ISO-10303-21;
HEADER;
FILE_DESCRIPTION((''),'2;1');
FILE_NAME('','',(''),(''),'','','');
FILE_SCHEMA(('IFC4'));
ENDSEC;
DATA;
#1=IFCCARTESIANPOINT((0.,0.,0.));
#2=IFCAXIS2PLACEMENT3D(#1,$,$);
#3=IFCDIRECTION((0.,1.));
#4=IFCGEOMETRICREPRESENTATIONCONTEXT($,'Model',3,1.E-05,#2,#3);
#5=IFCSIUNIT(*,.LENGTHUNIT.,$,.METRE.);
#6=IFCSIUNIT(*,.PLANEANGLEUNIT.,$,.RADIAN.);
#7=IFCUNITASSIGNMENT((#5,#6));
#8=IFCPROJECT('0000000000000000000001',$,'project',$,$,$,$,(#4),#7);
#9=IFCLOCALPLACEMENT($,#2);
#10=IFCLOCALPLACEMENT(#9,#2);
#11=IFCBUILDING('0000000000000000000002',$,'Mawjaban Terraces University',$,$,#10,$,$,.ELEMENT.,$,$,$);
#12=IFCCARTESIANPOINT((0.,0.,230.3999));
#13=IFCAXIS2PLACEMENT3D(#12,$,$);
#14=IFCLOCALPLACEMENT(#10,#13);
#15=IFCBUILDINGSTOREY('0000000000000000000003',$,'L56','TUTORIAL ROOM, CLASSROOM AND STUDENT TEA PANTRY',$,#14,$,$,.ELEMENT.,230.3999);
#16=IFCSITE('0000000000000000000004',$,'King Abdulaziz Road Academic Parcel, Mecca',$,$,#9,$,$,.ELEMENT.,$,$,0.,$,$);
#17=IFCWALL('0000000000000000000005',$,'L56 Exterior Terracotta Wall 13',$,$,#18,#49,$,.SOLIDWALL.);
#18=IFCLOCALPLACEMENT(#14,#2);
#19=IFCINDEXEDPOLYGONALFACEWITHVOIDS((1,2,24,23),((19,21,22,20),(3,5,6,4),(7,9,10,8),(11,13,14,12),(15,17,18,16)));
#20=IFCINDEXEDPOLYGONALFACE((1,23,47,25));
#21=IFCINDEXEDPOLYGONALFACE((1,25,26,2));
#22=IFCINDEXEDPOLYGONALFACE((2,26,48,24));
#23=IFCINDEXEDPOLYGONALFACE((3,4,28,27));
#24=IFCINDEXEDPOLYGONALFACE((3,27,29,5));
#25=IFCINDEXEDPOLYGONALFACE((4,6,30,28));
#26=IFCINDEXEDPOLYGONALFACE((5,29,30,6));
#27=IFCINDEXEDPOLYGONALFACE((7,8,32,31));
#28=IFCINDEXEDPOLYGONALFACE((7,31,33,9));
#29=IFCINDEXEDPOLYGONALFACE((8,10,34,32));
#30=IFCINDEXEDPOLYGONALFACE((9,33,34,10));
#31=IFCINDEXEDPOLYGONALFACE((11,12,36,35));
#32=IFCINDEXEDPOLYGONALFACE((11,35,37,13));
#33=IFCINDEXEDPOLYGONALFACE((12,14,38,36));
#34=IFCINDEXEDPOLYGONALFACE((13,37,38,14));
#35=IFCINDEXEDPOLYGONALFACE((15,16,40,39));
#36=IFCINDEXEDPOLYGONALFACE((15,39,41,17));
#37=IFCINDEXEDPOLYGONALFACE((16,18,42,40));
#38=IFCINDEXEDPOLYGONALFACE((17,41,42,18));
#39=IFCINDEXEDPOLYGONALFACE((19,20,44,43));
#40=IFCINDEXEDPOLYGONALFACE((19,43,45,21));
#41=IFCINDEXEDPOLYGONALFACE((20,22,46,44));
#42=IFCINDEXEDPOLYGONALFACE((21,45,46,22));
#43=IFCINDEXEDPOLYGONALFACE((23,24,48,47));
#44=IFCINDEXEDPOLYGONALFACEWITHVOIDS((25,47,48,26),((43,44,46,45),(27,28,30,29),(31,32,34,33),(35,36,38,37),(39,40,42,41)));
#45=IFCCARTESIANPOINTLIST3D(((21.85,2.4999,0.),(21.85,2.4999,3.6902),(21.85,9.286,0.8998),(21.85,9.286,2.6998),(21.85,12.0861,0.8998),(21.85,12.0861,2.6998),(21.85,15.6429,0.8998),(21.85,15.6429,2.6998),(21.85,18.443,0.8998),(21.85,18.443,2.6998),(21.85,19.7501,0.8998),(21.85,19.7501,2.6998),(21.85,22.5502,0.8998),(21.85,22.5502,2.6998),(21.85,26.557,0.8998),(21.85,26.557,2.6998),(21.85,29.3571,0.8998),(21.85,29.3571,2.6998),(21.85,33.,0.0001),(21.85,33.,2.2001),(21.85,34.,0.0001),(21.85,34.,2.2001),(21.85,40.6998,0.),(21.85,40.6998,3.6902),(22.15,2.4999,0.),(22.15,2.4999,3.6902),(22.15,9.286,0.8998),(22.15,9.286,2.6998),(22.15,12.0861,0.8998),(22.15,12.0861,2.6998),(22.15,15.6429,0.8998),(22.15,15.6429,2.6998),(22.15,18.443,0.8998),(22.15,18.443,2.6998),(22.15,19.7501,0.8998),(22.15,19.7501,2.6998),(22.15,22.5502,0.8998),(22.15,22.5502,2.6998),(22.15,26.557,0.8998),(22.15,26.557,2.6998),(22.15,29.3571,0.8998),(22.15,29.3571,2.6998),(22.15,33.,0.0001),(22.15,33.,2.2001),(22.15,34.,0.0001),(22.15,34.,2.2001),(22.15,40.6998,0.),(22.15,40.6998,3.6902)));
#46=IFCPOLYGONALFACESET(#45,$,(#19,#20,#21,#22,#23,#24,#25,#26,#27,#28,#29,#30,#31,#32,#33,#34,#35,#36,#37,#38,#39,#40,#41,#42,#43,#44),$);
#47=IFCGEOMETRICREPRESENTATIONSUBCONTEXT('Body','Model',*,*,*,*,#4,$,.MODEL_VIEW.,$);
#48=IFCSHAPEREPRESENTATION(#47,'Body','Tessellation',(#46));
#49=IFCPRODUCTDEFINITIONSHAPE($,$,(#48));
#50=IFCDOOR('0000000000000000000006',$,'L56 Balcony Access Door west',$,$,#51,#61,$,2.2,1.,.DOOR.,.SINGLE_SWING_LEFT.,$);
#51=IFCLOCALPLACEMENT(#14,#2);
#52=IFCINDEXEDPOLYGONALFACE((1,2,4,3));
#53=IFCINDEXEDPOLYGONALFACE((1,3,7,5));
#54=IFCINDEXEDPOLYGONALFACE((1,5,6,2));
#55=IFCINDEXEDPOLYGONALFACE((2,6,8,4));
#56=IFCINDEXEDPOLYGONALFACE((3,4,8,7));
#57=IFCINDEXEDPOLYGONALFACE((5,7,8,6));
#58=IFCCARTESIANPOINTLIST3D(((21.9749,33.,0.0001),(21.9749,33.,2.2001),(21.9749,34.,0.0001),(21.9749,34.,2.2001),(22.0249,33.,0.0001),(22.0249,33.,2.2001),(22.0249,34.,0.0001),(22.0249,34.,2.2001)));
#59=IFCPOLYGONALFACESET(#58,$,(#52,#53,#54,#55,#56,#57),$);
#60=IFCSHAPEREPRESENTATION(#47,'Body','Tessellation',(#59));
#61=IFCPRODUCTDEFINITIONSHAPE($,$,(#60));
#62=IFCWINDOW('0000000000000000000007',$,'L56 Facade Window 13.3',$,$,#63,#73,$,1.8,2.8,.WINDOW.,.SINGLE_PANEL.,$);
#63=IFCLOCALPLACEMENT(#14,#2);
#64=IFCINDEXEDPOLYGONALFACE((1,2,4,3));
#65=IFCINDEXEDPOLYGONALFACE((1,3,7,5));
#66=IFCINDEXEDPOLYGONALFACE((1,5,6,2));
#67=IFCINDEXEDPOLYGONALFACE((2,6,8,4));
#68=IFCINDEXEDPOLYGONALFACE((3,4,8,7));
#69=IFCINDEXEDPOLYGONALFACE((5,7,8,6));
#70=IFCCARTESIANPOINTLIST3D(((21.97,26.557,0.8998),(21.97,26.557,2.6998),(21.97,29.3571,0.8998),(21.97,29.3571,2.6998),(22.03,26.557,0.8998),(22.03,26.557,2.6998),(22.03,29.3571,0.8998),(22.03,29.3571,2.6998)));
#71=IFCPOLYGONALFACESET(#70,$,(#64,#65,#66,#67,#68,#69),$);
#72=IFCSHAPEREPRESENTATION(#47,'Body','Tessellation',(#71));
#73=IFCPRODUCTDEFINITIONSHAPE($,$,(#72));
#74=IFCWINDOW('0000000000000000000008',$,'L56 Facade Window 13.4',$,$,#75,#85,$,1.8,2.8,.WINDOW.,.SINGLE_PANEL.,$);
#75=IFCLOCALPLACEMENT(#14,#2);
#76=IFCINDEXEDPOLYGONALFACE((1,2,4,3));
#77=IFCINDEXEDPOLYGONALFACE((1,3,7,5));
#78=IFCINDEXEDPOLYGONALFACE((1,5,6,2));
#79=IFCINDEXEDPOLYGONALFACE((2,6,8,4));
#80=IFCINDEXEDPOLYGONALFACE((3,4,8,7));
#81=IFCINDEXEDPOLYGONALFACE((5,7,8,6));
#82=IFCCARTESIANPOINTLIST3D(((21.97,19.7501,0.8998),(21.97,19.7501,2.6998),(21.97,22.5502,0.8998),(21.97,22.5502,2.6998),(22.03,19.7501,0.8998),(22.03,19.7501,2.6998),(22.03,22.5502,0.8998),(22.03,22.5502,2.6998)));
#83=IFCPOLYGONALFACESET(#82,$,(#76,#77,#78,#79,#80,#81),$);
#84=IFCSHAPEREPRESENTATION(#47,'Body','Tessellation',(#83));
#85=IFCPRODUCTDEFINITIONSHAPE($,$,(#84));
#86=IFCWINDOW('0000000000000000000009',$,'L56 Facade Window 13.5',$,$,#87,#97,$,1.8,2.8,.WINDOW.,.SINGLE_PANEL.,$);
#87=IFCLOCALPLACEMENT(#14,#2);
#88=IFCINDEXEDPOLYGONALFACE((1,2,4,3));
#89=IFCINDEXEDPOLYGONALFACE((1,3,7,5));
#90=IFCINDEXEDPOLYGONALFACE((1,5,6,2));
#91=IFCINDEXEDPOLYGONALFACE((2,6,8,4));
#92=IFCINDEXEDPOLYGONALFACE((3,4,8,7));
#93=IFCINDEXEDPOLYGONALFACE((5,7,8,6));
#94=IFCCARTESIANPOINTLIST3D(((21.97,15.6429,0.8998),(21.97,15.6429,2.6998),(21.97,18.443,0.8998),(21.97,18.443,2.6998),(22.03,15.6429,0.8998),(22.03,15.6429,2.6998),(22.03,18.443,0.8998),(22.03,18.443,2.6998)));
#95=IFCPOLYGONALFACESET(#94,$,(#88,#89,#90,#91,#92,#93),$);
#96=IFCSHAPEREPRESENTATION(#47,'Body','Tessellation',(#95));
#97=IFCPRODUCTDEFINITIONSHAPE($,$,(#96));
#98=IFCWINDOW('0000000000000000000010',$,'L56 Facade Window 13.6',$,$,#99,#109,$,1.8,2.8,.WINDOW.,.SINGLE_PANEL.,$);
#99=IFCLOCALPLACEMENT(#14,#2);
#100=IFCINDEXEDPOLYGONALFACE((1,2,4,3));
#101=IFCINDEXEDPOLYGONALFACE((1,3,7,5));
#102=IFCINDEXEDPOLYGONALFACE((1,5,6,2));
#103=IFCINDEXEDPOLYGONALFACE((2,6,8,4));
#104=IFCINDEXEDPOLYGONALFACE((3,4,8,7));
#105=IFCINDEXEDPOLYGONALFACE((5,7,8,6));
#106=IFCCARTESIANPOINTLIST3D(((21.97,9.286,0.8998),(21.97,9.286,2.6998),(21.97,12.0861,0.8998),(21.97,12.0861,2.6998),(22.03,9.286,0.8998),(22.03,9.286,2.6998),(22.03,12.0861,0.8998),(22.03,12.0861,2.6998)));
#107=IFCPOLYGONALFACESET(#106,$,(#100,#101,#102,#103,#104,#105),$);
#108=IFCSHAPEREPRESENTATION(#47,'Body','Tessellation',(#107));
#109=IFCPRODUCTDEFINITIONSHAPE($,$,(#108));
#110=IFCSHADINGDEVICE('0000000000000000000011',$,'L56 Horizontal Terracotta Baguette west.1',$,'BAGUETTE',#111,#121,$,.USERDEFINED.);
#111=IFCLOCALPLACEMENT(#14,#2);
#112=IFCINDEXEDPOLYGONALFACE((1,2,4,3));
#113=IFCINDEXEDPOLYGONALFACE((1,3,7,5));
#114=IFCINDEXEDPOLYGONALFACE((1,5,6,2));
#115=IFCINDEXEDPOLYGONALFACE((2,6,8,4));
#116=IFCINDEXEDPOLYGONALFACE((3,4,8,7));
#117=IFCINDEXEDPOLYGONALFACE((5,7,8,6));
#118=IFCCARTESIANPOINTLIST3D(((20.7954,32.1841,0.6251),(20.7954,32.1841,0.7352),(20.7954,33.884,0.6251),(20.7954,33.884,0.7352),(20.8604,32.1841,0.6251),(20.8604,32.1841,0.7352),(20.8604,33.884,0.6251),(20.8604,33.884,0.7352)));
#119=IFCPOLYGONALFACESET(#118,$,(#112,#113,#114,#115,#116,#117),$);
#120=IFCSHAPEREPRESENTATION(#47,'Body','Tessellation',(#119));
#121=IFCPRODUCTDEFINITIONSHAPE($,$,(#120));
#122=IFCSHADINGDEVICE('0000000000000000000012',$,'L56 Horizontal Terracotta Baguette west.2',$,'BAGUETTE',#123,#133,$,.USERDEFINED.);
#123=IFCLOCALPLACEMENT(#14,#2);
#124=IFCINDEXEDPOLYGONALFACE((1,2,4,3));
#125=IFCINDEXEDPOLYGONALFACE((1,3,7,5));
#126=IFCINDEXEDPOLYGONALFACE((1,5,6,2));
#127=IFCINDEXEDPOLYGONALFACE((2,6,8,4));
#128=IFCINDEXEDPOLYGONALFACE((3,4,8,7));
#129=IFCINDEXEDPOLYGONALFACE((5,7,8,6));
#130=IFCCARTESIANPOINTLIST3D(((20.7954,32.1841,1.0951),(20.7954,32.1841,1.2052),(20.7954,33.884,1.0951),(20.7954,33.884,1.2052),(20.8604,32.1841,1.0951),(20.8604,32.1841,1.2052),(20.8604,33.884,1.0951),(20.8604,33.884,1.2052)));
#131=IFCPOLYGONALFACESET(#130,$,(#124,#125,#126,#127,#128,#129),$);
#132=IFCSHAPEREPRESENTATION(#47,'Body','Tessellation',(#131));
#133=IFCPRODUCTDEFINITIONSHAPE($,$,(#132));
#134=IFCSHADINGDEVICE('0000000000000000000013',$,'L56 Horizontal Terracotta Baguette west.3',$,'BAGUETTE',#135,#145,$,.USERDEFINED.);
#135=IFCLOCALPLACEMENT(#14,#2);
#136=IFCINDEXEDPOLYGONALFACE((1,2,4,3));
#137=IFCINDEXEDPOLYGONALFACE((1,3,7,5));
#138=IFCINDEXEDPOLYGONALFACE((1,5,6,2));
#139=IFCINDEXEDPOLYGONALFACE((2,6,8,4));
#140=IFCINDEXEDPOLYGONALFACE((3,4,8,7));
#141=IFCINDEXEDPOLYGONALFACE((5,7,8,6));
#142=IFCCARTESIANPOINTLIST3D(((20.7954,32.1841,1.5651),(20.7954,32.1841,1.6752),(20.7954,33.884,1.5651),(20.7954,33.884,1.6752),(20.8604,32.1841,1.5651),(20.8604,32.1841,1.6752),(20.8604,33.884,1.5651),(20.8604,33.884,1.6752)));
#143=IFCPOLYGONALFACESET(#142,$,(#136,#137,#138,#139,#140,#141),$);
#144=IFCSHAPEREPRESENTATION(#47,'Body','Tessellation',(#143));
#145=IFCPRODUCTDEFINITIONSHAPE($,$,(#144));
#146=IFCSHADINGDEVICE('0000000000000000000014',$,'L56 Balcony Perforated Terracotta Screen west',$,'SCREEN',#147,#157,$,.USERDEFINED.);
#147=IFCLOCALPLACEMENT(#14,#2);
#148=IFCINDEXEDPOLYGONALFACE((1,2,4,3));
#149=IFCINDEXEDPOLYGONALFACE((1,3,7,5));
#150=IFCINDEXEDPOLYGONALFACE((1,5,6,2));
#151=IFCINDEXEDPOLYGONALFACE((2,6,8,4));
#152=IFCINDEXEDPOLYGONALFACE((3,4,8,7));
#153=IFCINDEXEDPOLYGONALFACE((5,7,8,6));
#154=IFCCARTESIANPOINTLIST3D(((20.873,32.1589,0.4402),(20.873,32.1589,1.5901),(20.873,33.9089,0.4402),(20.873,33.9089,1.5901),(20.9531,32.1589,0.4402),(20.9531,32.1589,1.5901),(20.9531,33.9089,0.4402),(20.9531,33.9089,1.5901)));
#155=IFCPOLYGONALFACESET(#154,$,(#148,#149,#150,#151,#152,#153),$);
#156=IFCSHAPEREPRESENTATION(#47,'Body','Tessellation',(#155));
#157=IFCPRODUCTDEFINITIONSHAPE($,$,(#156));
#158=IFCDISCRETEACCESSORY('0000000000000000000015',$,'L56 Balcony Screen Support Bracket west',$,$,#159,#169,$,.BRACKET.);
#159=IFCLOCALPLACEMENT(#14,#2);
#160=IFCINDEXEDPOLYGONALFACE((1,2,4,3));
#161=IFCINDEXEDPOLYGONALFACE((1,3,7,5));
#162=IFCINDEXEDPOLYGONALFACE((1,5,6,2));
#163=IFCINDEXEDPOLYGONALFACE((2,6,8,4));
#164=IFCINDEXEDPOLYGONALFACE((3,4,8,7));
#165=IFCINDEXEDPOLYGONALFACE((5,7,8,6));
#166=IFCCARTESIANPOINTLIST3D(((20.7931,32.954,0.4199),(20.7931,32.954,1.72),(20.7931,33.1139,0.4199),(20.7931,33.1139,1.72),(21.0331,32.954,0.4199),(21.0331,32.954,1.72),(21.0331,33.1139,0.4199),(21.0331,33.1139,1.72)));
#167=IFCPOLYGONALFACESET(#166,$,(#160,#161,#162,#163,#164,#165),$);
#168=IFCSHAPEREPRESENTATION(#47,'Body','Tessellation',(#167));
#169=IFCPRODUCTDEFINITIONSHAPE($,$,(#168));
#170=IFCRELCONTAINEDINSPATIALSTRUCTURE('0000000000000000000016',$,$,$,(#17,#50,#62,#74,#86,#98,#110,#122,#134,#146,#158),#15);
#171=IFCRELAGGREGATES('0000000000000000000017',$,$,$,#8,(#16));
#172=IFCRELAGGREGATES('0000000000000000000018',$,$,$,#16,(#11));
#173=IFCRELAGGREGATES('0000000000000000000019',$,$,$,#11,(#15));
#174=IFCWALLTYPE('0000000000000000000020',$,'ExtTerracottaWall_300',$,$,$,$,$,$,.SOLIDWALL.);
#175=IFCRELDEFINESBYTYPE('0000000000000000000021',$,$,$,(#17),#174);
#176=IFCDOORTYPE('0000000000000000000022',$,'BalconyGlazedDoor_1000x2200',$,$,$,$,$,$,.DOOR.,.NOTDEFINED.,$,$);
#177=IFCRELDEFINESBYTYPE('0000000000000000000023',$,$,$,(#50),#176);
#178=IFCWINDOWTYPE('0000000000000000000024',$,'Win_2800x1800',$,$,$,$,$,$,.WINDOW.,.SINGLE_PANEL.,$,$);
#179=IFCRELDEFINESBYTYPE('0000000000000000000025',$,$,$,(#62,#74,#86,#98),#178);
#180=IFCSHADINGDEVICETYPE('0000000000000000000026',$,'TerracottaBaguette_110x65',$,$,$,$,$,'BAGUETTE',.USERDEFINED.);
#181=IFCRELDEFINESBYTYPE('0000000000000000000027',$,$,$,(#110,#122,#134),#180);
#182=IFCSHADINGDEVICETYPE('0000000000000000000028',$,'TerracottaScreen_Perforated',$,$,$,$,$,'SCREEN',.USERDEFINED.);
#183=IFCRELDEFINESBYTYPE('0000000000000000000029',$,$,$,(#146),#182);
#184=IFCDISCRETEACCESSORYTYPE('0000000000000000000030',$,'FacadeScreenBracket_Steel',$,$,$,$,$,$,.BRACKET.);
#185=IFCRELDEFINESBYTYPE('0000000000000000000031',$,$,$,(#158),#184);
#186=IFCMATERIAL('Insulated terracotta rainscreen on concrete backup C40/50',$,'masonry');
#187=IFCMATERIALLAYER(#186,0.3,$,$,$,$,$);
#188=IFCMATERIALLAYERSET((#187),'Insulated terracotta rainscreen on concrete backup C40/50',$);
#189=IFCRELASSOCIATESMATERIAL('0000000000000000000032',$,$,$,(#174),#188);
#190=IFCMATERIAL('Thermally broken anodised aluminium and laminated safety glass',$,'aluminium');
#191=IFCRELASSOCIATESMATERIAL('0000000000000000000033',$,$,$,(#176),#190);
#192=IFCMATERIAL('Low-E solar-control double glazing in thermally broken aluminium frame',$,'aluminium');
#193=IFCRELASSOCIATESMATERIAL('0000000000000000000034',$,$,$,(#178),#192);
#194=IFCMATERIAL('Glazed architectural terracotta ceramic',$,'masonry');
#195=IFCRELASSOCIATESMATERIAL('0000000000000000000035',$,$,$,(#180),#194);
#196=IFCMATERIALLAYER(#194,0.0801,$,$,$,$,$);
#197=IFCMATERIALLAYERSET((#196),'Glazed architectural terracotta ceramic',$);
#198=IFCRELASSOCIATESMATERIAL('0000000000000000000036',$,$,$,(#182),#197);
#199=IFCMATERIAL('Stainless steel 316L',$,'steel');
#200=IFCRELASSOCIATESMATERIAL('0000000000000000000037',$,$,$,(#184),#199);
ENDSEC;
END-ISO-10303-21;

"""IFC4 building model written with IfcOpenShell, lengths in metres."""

from ifc_helpers import new_model, si_unit, direction, frame, frame_2d, origin, origin_2d, place, context, subcontext, project, spatial, rectangle, extrude, material, layer, layer_set, material_profile, profile_set, type_object, element, fill, save


model = new_model("IFC4")

# Units and contexts
model_context = context("Model", 3, precision=1e-05, world=origin(), true_north=direction((0.0, 1.0)))
body_context = subcontext(model_context, "Body", "Model", "MODEL_VIEW")
ifc_project = project(units=[si_unit("LENGTHUNIT", "METRE"), si_unit("PLANEANGLEUNIT", "RADIAN")], contexts=[model_context])

# Site, building, storey
site_placement = place(None, origin())
site = spatial("IfcSite", under=ifc_project, at=site_placement, Name="King Abdulaziz Road Academic Parcel, Mecca", CompositionType="ELEMENT", RefElevation=0.0)
building_placement = place(site_placement, origin())
building = spatial("IfcBuilding", under=site, at=building_placement, Name="Mawjaban Terraces University", CompositionType="ELEMENT")
storey_placement = place(building_placement, frame((0.0, 0.0, 230.3999)))
storey = spatial("IfcBuildingStorey", under=building, at=storey_placement, Name="L56", Description="TUTORIAL ROOM, CLASSROOM AND STUDENT TEA PANTRY", CompositionType="ELEMENT", Elevation=230.3999)

# Wall, openings, door, windows
ifc_material_1 = material(Name="Insulated terracotta rainscreen on concrete backup C40/50", Category="masonry")
ifc_layer_1 = layer(ifc_material_1, 0.3)
ifc_layer_set_1 = layer_set([ifc_layer_1], Name="Insulated terracotta rainscreen on concrete backup C40/50")
wall_type = type_object("IfcWallType", Name="ExtTerracottaWall_300", PredefinedType="SOLIDWALL", material=ifc_layer_set_1)
wall_placement = place(storey_placement, frame((22.0, 40.7, 0.0), z_axis=(0.0, 0.0, 1.0), x_axis=(0.0, -1.0, 0.0)))
wall = element("IfcWall", 1, at=wall_placement, inside=storey, type_object=wall_type, Name="L56 Exterior Terracotta Wall 13", PredefinedType="SOLIDWALL", context=body_context, shape_type="SweptSolid", body=[
    extrude(rectangle(XDim=38.2, YDim=0.3, at=frame_2d((19.1001, 0.0))), origin(), (0.0, 0.0, 1.0), 3.6902),
])
opening_1_placement = place(wall_placement, frame((6.7, 0.0, 0.0)))
opening_1 = element("IfcOpeningElement", 2, at=opening_1_placement, cuts=wall, PredefinedType="OPENING", context=body_context, shape_type="SweptSolid", body=[
    extrude(rectangle(XDim=1.0, YDim=2.2, at=frame_2d((0.5, 1.1001))), frame((0.0, 0.1599, 0.0), z_axis=(0.0, -1.0, 0.0), x_axis=(1.0, 0.0, 0.0)), (0.0, 0.0, 1.0), 0.3201),
])
opening_2_placement = place(wall_placement, frame((11.343, 0.0, 0.8999)))
opening_2 = element("IfcOpeningElement", 3, at=opening_2_placement, cuts=wall, PredefinedType="OPENING", context=body_context, shape_type="SweptSolid", body=[
    extrude(rectangle(XDim=2.8, YDim=1.8, at=frame_2d((1.3999, 0.8999))), frame((0.0, 0.1599, 0.0), z_axis=(0.0, -1.0, 0.0), x_axis=(1.0, 0.0, 0.0)), (0.0, 0.0, 1.0), 0.3201),
])
opening_3_placement = place(wall_placement, frame((18.1499, 0.0, 0.8999)))
opening_3 = element("IfcOpeningElement", 4, at=opening_3_placement, cuts=wall, PredefinedType="OPENING", context=body_context, shape_type="SweptSolid", body=[
    extrude(rectangle(XDim=2.8, YDim=1.8, at=frame_2d((1.3999, 0.8999))), frame((0.0, 0.1599, 0.0), z_axis=(0.0, -1.0, 0.0), x_axis=(1.0, 0.0, 0.0)), (0.0, 0.0, 1.0), 0.3201),
])
opening_4_placement = place(wall_placement, frame((22.2571, 0.0, 0.8999)))
opening_4 = element("IfcOpeningElement", 5, at=opening_4_placement, cuts=wall, PredefinedType="OPENING", context=body_context, shape_type="SweptSolid", body=[
    extrude(rectangle(XDim=2.8, YDim=1.8, at=frame_2d((1.3999, 0.8999))), frame((0.0, 0.1599, 0.0), z_axis=(0.0, -1.0, 0.0), x_axis=(1.0, 0.0, 0.0)), (0.0, 0.0, 1.0), 0.3201),
])
opening_5_placement = place(wall_placement, frame((28.614, 0.0, 0.8999)))
opening_5 = element("IfcOpeningElement", 6, at=opening_5_placement, cuts=wall, PredefinedType="OPENING", context=body_context, shape_type="SweptSolid", body=[
    extrude(rectangle(XDim=2.8, YDim=1.8, at=frame_2d((1.3999, 0.8999))), frame((0.0, 0.1599, 0.0), z_axis=(0.0, -1.0, 0.0), x_axis=(1.0, 0.0, 0.0)), (0.0, 0.0, 1.0), 0.3201),
])
ifc_material_2 = material(Name="Thermally broken anodised aluminium and laminated safety glass", Category="aluminium")
door_type = type_object("IfcDoorType", Name="BalconyGlazedDoor_1000x2200", OperationType="NOTDEFINED", PredefinedType="DOOR", material=ifc_material_2)
door_placement = place(opening_1_placement, origin())
door = element("IfcDoor", 7, at=door_placement, inside=storey, type_object=door_type, Name="L56 Balcony Access Door west", OperationType="SINGLE_SWING_LEFT", OverallHeight=2.2, OverallWidth=1.0, PredefinedType="DOOR", context=body_context, shape_type="SweptSolid", body=[
    extrude(rectangle(XDim=1.0, YDim=2.2, at=frame_2d((0.5, 1.1001))), frame((0.0, 0.0249, 0.0), z_axis=(0.0, -1.0, 0.0), x_axis=(1.0, 0.0, 0.0)), (0.0, 0.0, 1.0), 0.05),
])
fill(opening_1, door)
ifc_material_3 = material(Name="Low-E solar-control double glazing in thermally broken aluminium frame", Category="aluminium")
window_type = type_object("IfcWindowType", Name="Win_2800x1800", PartitioningType="SINGLE_PANEL", PredefinedType="WINDOW", material=ifc_material_3)
window_1_placement = place(opening_2_placement, origin())
window_1 = element("IfcWindow", 8, at=window_1_placement, inside=storey, type_object=window_type, Name="L56 Facade Window 13.3", OverallHeight=1.8, OverallWidth=2.8, PartitioningType="SINGLE_PANEL", PredefinedType="WINDOW", context=body_context, shape_type="SweptSolid", body=[
    extrude(rectangle(XDim=2.8, YDim=1.8, at=frame_2d((1.3999, 0.8999))), frame((0.0, 0.03, 0.0), z_axis=(0.0, -1.0, 0.0), x_axis=(1.0, 0.0, 0.0)), (0.0, 0.0, 1.0), 0.0601),
])
fill(opening_2, window_1)
window_2_placement = place(opening_3_placement, origin())
window_2 = element("IfcWindow", 9, at=window_2_placement, inside=storey, type_object=window_type, Name="L56 Facade Window 13.4", OverallHeight=1.8, OverallWidth=2.8, PartitioningType="SINGLE_PANEL", PredefinedType="WINDOW", context=body_context, shape_type="SweptSolid", body=[
    extrude(rectangle(XDim=2.8, YDim=1.8, at=frame_2d((1.3999, 0.8999))), frame((0.0, 0.03, 0.0), z_axis=(0.0, -1.0, 0.0), x_axis=(1.0, 0.0, 0.0)), (0.0, 0.0, 1.0), 0.0601),
])
fill(opening_3, window_2)
window_3_placement = place(opening_4_placement, origin())
window_3 = element("IfcWindow", 10, at=window_3_placement, inside=storey, type_object=window_type, Name="L56 Facade Window 13.5", OverallHeight=1.8, OverallWidth=2.8, PartitioningType="SINGLE_PANEL", PredefinedType="WINDOW", context=body_context, shape_type="SweptSolid", body=[
    extrude(rectangle(XDim=2.8, YDim=1.8, at=frame_2d((1.3999, 0.8999))), frame((0.0, 0.03, 0.0), z_axis=(0.0, -1.0, 0.0), x_axis=(1.0, 0.0, 0.0)), (0.0, 0.0, 1.0), 0.0601),
])
fill(opening_4, window_3)
window_4_placement = place(opening_5_placement, origin())
window_4 = element("IfcWindow", 11, at=window_4_placement, inside=storey, type_object=window_type, Name="L56 Facade Window 13.6", OverallHeight=1.8, OverallWidth=2.8, PartitioningType="SINGLE_PANEL", PredefinedType="WINDOW", context=body_context, shape_type="SweptSolid", body=[
    extrude(rectangle(XDim=2.8, YDim=1.8, at=frame_2d((1.3999, 0.8999))), frame((0.0, 0.03, 0.0), z_axis=(0.0, -1.0, 0.0), x_axis=(1.0, 0.0, 0.0)), (0.0, 0.0, 1.0), 0.0601),
])
fill(opening_5, window_4)

# Shading devices
ifc_material_4 = material(Name="Glazed architectural terracotta ceramic", Category="masonry")
ifc_material_profile_1 = material_profile(ifc_material_4, rectangle(XDim=0.0649, YDim=0.1101, at=origin_2d()), Name="TBAG110X65")
ifc_profile_set_1 = profile_set([ifc_material_profile_1], Name="Glazed architectural terracotta ceramic")
shading_device_type_1 = type_object("IfcShadingDeviceType", Name="TerracottaBaguette_110x65", ElementType="BAGUETTE", PredefinedType="USERDEFINED", material=ifc_profile_set_1)
for number, where, z_axis, x_axis, name in (
    (12, (20.8279, 32.1841, 0.6802), (0.0, 1.0, 0.0), (-1.0, 0.0, 0.0), "L56 Horizontal Terracotta Baguette west.1"),
    (13, (20.8279, 32.1841, 1.1501), (0.0, 1.0, 0.0), (-1.0, 0.0, 0.0), "L56 Horizontal Terracotta Baguette west.2"),
    (14, (20.8279, 32.1841, 1.6201), (0.0, 1.0, 0.0), (-1.0, 0.0, 0.0), "L56 Horizontal Terracotta Baguette west.3"),
):
    element("IfcShadingDevice", number, at=place(storey_placement, frame(where, z_axis=z_axis, x_axis=x_axis)), inside=storey, type_object=shading_device_type_1, Name=name, ObjectType="BAGUETTE", PredefinedType="USERDEFINED", context=body_context, shape_type="SweptSolid", body=[
        extrude(rectangle(XDim=0.0649, YDim=0.1101, at=origin_2d()), origin(), (0.0, 0.0, 1.0), 1.7),
    ])
ifc_layer_2 = layer(ifc_material_4, 0.0801)
ifc_layer_set_2 = layer_set([ifc_layer_2], Name="Glazed architectural terracotta ceramic")
shading_device_type_2 = type_object("IfcShadingDeviceType", Name="TerracottaScreen_Perforated", ElementType="SCREEN", PredefinedType="USERDEFINED", material=ifc_layer_set_2)
shading_device_placement = place(storey_placement, frame((20.9131, 33.0339, 0.4402), z_axis=(0.0, 0.0, 1.0), x_axis=(0.0, 1.0, 0.0)))
element("IfcShadingDevice", 15, at=shading_device_placement, inside=storey, type_object=shading_device_type_2, Name="L56 Balcony Perforated Terracotta Screen west", ObjectType="SCREEN", PredefinedType="USERDEFINED", context=body_context, shape_type="SweptSolid", body=[
    extrude(rectangle(XDim=1.75, YDim=0.0801, at=origin_2d()), origin(), (0.0, 0.0, 1.0), 1.1499),
])

# Discrete accessory
ifc_material_5 = material(Name="Stainless steel 316L", Category="steel")
discrete_accessory_type_1 = type_object("IfcDiscreteAccessoryType", Name="FacadeScreenBracket_Steel", PredefinedType="BRACKET", material=ifc_material_5)
discrete_accessory_1_placement = place(storey_placement, frame((20.9131, 33.0339, 0.4199), z_axis=(0.0, 0.0, 1.0), x_axis=(0.0, 1.0, 0.0)))
element("IfcDiscreteAccessory", 16, at=discrete_accessory_1_placement, inside=storey, type_object=discrete_accessory_type_1, Name="L56 Balcony Screen Support Bracket west", PredefinedType="BRACKET", context=body_context, shape_type="SweptSolid", body=[
    extrude(rectangle(XDim=0.1599, YDim=0.24, at=origin_2d()), origin(), (0.0, 0.0, 1.0), 1.3),
])

save(model, "model.ifc")
